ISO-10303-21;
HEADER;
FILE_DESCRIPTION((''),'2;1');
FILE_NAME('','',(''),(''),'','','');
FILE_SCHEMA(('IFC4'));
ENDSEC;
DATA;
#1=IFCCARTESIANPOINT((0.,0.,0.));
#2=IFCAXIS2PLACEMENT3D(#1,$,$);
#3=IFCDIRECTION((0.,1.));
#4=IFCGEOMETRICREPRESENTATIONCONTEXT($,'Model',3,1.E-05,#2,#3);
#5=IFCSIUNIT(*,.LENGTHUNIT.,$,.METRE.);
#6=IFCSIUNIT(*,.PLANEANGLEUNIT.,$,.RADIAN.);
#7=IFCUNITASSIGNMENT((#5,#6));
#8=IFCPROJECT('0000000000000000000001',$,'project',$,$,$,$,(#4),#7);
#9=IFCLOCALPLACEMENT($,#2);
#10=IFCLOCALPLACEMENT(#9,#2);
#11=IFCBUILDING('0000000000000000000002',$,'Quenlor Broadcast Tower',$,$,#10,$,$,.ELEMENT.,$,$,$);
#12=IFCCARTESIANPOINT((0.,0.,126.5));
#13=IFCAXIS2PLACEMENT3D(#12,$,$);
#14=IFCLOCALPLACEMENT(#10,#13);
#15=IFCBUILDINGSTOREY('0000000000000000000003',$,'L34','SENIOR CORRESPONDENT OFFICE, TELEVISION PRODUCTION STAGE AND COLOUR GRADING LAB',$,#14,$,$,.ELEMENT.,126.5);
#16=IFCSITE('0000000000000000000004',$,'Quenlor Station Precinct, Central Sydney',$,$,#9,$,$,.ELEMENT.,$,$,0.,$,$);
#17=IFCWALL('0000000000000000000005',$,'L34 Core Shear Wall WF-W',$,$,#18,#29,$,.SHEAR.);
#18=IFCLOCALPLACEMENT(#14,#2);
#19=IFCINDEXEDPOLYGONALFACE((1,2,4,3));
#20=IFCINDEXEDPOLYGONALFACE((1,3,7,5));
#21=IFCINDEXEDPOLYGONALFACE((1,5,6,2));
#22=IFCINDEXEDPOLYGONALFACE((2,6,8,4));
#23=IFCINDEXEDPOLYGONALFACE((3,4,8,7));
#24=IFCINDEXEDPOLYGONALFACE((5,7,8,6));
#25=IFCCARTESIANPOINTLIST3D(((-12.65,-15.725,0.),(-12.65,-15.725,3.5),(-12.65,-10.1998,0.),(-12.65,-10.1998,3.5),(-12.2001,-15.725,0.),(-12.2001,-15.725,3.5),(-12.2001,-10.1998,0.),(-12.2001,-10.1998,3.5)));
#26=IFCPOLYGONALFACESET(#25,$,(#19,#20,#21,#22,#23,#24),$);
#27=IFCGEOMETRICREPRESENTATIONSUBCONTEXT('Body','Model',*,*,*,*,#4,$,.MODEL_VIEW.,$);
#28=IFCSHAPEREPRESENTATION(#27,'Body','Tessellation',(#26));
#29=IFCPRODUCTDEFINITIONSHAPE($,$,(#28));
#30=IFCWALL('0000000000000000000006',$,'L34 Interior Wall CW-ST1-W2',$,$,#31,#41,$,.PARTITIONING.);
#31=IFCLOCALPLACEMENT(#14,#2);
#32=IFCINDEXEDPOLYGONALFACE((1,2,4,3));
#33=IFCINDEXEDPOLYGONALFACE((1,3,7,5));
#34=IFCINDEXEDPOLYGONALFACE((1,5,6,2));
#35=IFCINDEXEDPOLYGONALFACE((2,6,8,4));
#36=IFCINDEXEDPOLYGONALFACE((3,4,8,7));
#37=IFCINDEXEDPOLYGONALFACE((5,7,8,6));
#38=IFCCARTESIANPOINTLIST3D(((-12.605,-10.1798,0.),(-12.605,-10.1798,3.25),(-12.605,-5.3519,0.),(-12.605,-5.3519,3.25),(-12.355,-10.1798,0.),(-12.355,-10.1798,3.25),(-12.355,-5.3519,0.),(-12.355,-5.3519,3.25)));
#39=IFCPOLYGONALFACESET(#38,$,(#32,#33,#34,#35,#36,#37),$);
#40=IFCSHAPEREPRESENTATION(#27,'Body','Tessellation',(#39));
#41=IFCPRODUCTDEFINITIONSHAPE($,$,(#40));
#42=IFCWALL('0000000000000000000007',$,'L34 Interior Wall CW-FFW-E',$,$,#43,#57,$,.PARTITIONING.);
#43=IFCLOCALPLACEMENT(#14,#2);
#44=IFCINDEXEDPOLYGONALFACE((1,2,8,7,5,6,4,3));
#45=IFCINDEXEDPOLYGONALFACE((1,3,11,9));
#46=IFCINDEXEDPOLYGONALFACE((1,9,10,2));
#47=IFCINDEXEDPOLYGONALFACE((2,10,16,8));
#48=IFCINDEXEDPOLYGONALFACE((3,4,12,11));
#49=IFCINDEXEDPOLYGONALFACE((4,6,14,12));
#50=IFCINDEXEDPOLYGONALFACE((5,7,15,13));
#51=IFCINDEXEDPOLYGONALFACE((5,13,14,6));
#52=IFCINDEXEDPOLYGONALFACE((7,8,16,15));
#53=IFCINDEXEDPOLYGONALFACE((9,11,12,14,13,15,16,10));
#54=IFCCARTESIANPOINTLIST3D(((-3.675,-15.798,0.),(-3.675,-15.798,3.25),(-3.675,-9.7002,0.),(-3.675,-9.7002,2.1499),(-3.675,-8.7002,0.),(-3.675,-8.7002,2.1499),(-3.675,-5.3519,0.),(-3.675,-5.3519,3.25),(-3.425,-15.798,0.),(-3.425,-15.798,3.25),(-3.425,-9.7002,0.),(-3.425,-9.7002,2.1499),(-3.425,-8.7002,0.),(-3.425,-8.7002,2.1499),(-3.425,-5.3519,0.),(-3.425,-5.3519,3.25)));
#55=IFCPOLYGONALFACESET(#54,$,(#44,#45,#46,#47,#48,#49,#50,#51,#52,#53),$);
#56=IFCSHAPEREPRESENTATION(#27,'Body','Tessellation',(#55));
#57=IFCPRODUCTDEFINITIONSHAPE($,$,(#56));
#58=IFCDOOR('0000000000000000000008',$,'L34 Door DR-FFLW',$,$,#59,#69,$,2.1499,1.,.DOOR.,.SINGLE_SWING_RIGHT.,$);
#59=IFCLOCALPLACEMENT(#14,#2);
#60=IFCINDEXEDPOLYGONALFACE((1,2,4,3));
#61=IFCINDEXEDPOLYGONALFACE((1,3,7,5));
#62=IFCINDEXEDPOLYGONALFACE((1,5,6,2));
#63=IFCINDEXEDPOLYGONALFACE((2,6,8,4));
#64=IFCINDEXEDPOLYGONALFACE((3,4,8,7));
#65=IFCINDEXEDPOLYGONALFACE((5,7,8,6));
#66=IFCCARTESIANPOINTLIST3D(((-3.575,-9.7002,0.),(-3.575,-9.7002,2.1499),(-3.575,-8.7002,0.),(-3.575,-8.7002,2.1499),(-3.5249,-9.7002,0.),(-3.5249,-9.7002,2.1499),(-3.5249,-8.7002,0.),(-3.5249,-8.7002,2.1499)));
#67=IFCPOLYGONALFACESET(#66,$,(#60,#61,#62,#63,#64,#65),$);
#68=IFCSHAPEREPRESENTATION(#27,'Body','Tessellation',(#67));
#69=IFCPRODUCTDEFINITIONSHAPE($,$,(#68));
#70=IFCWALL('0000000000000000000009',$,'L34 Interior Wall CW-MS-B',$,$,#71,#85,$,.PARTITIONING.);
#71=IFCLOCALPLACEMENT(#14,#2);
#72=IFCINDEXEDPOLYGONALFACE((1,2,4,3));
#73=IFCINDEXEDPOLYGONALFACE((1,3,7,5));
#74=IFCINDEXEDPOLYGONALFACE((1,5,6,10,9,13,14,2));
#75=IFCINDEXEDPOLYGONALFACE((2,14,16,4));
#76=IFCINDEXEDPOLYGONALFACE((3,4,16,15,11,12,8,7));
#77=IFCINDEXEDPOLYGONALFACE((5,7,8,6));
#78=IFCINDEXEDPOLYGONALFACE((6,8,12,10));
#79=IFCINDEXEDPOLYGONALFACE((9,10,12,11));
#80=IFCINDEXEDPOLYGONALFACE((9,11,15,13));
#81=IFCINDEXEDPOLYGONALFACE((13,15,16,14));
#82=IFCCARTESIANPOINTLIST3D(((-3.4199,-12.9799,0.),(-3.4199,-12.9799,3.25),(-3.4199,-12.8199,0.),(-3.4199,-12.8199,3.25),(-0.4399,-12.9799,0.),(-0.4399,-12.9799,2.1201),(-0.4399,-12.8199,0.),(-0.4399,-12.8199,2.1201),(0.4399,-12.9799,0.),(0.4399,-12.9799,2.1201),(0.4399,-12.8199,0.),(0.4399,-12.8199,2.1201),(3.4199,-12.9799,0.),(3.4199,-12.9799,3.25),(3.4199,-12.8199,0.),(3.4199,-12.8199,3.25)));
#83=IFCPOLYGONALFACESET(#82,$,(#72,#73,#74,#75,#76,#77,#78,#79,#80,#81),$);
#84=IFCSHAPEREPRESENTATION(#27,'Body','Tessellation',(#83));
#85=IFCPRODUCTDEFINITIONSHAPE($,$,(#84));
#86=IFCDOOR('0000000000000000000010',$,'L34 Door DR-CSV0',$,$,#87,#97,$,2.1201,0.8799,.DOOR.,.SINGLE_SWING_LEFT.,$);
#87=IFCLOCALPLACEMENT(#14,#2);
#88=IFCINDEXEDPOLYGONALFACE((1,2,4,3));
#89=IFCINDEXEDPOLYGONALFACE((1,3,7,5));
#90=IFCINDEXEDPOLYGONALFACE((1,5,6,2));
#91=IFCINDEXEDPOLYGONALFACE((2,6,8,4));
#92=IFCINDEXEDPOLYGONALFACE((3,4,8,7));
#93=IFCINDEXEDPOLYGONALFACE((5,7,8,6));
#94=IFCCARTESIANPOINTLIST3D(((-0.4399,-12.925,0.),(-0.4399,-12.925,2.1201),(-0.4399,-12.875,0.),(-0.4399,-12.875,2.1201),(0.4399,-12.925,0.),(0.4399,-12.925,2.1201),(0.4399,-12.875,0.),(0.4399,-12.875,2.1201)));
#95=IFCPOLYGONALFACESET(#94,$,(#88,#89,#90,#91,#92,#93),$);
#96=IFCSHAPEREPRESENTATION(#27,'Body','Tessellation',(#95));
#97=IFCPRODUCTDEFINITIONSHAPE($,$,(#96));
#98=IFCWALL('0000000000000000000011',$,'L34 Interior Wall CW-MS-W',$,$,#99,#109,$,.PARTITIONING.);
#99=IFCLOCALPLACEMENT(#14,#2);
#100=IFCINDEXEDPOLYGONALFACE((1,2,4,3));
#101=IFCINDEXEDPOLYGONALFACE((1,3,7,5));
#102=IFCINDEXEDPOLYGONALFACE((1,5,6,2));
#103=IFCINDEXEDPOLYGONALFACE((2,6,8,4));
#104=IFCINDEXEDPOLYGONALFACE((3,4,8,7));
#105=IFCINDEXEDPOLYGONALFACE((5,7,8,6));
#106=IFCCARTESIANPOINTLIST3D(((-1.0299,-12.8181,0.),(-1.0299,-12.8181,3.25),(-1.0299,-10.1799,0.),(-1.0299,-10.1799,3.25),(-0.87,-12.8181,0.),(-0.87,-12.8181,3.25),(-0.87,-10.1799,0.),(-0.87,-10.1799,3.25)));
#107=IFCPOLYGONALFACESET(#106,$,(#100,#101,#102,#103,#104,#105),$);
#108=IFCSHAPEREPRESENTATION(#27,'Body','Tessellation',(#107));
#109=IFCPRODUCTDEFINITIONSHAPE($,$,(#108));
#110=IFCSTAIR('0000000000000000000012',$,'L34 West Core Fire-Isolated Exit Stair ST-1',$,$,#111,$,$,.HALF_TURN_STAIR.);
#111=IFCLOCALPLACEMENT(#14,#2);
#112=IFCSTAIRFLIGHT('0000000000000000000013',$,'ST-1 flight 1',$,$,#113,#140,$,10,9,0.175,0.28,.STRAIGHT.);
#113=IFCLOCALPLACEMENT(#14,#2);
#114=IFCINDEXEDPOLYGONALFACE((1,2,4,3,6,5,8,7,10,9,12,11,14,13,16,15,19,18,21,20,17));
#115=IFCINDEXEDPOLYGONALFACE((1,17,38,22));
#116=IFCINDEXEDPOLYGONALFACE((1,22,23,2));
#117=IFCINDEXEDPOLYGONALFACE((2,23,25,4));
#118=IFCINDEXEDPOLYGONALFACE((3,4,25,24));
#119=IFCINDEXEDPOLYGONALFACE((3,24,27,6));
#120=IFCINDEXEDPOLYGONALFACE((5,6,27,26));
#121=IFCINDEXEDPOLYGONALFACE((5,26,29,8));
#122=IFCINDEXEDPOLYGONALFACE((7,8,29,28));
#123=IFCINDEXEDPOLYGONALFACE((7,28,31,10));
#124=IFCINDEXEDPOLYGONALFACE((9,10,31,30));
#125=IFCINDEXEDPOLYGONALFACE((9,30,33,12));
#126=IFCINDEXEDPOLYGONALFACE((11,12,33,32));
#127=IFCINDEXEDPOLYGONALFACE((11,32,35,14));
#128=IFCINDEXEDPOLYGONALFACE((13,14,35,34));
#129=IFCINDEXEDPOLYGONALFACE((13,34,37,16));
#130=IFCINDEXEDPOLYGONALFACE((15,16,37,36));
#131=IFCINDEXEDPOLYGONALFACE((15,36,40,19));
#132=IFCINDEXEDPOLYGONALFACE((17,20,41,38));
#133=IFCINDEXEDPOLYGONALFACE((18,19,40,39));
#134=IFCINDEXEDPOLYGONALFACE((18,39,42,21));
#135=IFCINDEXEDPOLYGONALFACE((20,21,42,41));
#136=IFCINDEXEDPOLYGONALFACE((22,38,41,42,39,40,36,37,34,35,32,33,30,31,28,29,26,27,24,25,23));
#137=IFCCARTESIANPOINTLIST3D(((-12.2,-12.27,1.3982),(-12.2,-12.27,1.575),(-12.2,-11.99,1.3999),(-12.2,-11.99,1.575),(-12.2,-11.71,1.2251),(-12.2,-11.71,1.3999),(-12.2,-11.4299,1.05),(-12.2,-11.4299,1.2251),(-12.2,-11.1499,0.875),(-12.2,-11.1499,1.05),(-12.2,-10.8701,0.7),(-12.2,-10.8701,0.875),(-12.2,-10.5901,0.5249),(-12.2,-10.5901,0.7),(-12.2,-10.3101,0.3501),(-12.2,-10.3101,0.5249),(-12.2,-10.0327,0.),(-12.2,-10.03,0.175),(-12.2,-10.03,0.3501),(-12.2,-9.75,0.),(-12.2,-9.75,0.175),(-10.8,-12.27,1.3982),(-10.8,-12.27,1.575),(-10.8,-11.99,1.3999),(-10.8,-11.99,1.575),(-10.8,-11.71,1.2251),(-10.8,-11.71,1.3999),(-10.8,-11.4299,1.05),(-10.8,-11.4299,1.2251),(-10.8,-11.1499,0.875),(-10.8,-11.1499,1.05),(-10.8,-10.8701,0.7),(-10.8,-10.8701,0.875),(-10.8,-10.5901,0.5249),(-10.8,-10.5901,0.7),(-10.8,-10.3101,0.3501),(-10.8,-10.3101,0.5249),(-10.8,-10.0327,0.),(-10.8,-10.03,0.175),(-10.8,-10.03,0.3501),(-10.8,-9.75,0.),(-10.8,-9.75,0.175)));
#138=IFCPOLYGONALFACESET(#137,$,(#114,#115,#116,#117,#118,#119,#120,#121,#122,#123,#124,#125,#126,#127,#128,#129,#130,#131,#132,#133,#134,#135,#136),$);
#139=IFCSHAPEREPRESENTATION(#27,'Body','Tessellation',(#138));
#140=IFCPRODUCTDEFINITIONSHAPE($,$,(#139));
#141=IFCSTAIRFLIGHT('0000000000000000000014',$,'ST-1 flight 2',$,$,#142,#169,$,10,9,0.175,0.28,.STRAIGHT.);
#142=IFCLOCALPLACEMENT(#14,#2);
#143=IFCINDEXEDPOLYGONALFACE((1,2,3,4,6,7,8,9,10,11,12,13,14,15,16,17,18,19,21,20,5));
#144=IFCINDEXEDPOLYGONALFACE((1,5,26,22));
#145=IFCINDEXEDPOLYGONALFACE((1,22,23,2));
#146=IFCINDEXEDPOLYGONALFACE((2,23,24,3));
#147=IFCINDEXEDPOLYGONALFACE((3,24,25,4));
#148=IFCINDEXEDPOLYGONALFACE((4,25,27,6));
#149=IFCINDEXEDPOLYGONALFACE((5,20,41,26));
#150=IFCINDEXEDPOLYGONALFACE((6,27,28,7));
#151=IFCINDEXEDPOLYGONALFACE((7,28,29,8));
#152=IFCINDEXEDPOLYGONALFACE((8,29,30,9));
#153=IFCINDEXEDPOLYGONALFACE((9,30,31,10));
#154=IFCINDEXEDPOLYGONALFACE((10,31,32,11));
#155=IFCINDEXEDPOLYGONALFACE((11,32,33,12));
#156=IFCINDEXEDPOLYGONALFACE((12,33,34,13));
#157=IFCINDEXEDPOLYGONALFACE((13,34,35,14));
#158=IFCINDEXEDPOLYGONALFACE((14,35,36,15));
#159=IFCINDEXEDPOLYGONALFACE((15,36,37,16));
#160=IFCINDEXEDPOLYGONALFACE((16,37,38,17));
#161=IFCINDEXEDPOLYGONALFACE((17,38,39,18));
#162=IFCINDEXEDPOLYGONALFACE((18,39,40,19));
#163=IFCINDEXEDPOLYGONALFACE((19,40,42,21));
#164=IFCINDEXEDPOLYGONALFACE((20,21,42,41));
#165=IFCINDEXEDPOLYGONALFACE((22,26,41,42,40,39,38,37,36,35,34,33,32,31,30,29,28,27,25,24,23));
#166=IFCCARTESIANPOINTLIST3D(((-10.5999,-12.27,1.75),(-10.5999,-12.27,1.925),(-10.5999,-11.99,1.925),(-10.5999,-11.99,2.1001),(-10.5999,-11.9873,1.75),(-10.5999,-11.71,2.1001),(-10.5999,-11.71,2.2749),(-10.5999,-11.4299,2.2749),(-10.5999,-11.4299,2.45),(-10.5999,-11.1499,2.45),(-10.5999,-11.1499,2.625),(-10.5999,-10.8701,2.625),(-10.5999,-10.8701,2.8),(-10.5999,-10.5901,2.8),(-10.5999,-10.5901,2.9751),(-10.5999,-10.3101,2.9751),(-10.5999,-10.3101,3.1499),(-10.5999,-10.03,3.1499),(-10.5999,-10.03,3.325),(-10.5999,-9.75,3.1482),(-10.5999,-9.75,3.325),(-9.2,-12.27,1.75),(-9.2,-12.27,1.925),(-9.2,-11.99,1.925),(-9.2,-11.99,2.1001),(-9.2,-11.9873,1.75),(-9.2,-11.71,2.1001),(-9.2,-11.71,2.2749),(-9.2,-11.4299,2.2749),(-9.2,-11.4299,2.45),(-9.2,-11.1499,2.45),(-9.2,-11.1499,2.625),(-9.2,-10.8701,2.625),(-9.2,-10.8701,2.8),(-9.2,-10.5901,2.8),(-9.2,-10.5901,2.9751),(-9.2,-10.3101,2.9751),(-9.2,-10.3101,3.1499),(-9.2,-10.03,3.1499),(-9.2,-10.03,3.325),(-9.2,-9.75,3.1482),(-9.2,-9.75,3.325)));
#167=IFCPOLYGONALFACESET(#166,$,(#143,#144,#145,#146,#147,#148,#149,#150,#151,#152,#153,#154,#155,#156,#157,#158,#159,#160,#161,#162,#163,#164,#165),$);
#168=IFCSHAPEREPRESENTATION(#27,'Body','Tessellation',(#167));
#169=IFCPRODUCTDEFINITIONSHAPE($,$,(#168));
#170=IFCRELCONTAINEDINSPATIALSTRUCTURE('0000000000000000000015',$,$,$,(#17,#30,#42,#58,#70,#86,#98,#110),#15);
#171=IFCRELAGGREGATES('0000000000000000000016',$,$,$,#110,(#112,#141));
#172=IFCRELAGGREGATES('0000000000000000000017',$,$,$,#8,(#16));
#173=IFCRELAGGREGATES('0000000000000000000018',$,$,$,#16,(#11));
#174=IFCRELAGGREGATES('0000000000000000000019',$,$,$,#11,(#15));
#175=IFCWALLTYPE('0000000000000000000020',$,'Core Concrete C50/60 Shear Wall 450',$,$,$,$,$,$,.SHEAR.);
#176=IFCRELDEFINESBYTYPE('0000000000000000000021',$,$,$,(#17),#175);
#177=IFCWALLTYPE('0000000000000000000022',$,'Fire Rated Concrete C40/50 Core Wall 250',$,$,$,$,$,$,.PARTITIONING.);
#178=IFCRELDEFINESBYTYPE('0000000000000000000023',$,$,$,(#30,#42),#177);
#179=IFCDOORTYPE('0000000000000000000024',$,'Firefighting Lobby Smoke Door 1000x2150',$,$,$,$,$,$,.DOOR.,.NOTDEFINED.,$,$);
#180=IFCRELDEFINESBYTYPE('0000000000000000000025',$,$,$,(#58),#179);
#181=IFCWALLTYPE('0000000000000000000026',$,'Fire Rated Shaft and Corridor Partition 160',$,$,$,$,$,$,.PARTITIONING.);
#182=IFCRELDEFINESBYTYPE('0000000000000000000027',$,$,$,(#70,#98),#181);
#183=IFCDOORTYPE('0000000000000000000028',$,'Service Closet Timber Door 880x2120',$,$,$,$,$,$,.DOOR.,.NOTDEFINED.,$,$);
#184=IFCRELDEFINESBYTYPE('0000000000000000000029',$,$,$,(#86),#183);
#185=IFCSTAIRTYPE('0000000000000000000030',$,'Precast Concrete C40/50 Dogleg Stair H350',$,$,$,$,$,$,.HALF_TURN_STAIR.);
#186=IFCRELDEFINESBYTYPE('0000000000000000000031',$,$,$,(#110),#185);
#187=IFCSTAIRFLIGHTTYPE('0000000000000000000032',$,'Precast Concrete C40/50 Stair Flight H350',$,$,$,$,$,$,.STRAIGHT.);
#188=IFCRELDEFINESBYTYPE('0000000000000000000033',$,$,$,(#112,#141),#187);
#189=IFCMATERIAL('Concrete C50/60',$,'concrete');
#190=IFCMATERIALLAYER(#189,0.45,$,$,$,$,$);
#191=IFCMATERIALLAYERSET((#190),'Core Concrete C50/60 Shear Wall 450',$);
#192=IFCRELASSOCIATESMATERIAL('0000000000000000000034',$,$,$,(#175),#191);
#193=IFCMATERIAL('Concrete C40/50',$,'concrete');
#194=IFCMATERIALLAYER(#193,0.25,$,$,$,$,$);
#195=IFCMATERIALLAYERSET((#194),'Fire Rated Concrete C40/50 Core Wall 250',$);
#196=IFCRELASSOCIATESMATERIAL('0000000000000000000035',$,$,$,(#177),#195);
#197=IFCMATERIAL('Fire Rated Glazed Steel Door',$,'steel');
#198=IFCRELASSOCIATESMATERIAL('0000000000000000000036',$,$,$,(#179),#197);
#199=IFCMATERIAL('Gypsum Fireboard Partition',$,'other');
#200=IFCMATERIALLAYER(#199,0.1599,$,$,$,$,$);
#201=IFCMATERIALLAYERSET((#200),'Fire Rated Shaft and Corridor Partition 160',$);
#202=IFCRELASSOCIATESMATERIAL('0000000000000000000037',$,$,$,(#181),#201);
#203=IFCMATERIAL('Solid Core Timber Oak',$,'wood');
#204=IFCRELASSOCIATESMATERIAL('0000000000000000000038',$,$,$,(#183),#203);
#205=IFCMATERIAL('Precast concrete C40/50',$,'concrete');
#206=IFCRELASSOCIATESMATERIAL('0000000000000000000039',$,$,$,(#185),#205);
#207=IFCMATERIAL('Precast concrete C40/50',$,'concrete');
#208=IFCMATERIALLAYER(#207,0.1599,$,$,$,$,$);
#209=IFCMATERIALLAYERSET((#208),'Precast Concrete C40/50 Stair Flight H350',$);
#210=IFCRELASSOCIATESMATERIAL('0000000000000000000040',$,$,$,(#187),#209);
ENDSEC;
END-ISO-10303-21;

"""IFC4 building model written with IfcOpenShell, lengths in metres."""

from ifc_helpers import new_model, si_unit, direction, frame, frame_2d, origin, place, context, subcontext, project, spatial, polyline, rectangle, outline, extrude, material, layer, layer_set, type_object, element, fill, aggregate, save


model = new_model("IFC4")

# Units and contexts
model_context = context("Model", 3, precision=1e-05, world=origin(), true_north=direction((0.0, 1.0)))
body_context = subcontext(model_context, "Body", "Model", "MODEL_VIEW")
ifc_project = project(units=[si_unit("LENGTHUNIT", "METRE"), si_unit("PLANEANGLEUNIT", "RADIAN")], contexts=[model_context])

# Site, building, storey
site_placement = place(None, origin())
site = spatial("IfcSite", under=ifc_project, at=site_placement, Name="Quenlor Station Precinct, Central Sydney", CompositionType="ELEMENT", RefElevation=0.0)
building_placement = place(site_placement, origin())
building = spatial("IfcBuilding", under=site, at=building_placement, Name="Quenlor Broadcast Tower", CompositionType="ELEMENT")
storey_placement = place(building_placement, frame((0.0, 0.0, 126.5)))
storey = spatial("IfcBuildingStorey", under=building, at=storey_placement, Name="L34", Description="SENIOR CORRESPONDENT OFFICE, TELEVISION PRODUCTION STAGE AND COLOUR GRADING LAB", CompositionType="ELEMENT", Elevation=126.5)

# Wall
ifc_material_1 = material(Name="Concrete C50/60", Category="concrete")
ifc_layer_1 = layer(ifc_material_1, 0.45)
ifc_layer_set_1 = layer_set([ifc_layer_1], Name="Core Concrete C50/60 Shear Wall 450")
wall_type_1 = type_object("IfcWallType", Name="Core Concrete C50/60 Shear Wall 450", PredefinedType="SHEAR", material=ifc_layer_set_1)
wall_1_placement = place(storey_placement, frame((-12.425, -15.7251, 0.0), z_axis=(0.0, 0.0, 1.0), x_axis=(0.0, 1.0, 0.0)))
element("IfcWall", 1, at=wall_1_placement, inside=storey, type_object=wall_type_1, Name="L34 Core Shear Wall WF-W", PredefinedType="SHEAR", context=body_context, shape_type="SweptSolid", body=[
    extrude(rectangle(XDim=5.5251, YDim=0.45, at=frame_2d((2.7627, 0.0))), origin(), (0.0, 0.0, 1.0), 3.5),
])

# Shared definitions
ifc_material_2 = material(Name="Concrete C40/50", Category="concrete")
ifc_layer_2 = layer(ifc_material_2, 0.25)
ifc_layer_set_2 = layer_set([ifc_layer_2], Name="Fire Rated Concrete C40/50 Core Wall 250")
wall_type_2 = type_object("IfcWallType", Name="Fire Rated Concrete C40/50 Core Wall 250", PredefinedType="PARTITIONING", material=ifc_layer_set_2)

# Wall
wall_2_placement = place(storey_placement, frame((-12.48, -10.1799, 0.0), z_axis=(0.0, 0.0, 1.0), x_axis=(0.0, 1.0, 0.0)))
element("IfcWall", 2, at=wall_2_placement, inside=storey, type_object=wall_type_2, Name="L34 Interior Wall CW-ST1-W2", PredefinedType="PARTITIONING", context=body_context, shape_type="SweptSolid", body=[
    extrude(rectangle(XDim=4.8279, YDim=0.25, at=frame_2d((2.4141, 0.0))), origin(), (0.0, 0.0, 1.0), 3.25),
])

# Walls, openings, doors
wall_3_placement = place(storey_placement, frame((-3.55, -15.7981, 0.0), z_axis=(0.0, 0.0, 1.0), x_axis=(0.0, 1.0, 0.0)))
wall_3 = element("IfcWall", 3, at=wall_3_placement, inside=storey, type_object=wall_type_2, Name="L34 Interior Wall CW-FFW-E", PredefinedType="PARTITIONING", context=body_context, shape_type="SweptSolid", body=[
    extrude(rectangle(XDim=10.446, YDim=0.25, at=frame_2d((5.2231, 0.0))), origin(), (0.0, 0.0, 1.0), 3.25),
])
opening_1_placement = place(wall_3_placement, frame((6.0979, 0.0, 0.0)))
opening_1 = element("IfcOpeningElement", 4, at=opening_1_placement, cuts=wall_3, PredefinedType="OPENING", context=body_context, shape_type="SweptSolid", body=[
    extrude(rectangle(XDim=1.0, YDim=2.1499, at=frame_2d((0.5, 1.075))), frame((0.0, 0.135, 0.0), z_axis=(0.0, -1.0, 0.0), x_axis=(1.0, 0.0, 0.0)), (0.0, 0.0, 1.0), 0.27),
])
ifc_material_3 = material(Name="Fire Rated Glazed Steel Door", Category="steel")
door_type_1 = type_object("IfcDoorType", Name="Firefighting Lobby Smoke Door 1000x2150", OperationType="NOTDEFINED", PredefinedType="DOOR", material=ifc_material_3)
door_1_placement = place(opening_1_placement, origin())
door_1 = element("IfcDoor", 5, at=door_1_placement, inside=storey, type_object=door_type_1, Name="L34 Door DR-FFLW", OperationType="SINGLE_SWING_RIGHT", OverallHeight=2.1499, OverallWidth=1.0, PredefinedType="DOOR", context=body_context, shape_type="SweptSolid", body=[
    extrude(rectangle(XDim=1.0, YDim=2.1499, at=frame_2d((0.5, 1.075))), frame((0.0, 0.0249, 0.0), z_axis=(0.0, -1.0, 0.0), x_axis=(1.0, 0.0, 0.0)), (0.0, 0.0, 1.0), 0.05),
])
fill(opening_1, door_1)
ifc_material_4 = material(Name="Gypsum Fireboard Partition", Category="other")
ifc_layer_3 = layer(ifc_material_4, 0.1599)
ifc_layer_set_3 = layer_set([ifc_layer_3], Name="Fire Rated Shaft and Corridor Partition 160")
wall_type_3 = type_object("IfcWallType", Name="Fire Rated Shaft and Corridor Partition 160", PredefinedType="PARTITIONING", material=ifc_layer_set_3)
wall_4_placement = place(storey_placement, frame((-3.4199, -12.8999, 0.0), z_axis=(0.0, 0.0, 1.0), x_axis=(1.0, 0.0, 0.0)))
wall_4 = element("IfcWall", 6, at=wall_4_placement, inside=storey, type_object=wall_type_3, Name="L34 Interior Wall CW-MS-B", PredefinedType="PARTITIONING", context=body_context, shape_type="SweptSolid", body=[
    extrude(rectangle(XDim=6.8398, YDim=0.1599, at=frame_2d((3.4199, 0.0))), origin(), (0.0, 0.0, 1.0), 3.25),
])
opening_2_placement = place(wall_4_placement, frame((2.98, 0.0, 0.0)))
opening_2 = element("IfcOpeningElement", 7, at=opening_2_placement, cuts=wall_4, PredefinedType="OPENING", context=body_context, shape_type="SweptSolid", body=[
    extrude(rectangle(XDim=0.8799, YDim=2.1201, at=frame_2d((0.4399, 1.0601))), frame((0.0, 0.0898, 0.0), z_axis=(0.0, -1.0, 0.0), x_axis=(1.0, 0.0, 0.0)), (0.0, 0.0, 1.0), 0.1799),
])
ifc_material_5 = material(Name="Solid Core Timber Oak", Category="wood")
door_type_2 = type_object("IfcDoorType", Name="Service Closet Timber Door 880x2120", OperationType="NOTDEFINED", PredefinedType="DOOR", material=ifc_material_5)
door_2_placement = place(opening_2_placement, origin())
door_2 = element("IfcDoor", 8, at=door_2_placement, inside=storey, type_object=door_type_2, Name="L34 Door DR-CSV0", OperationType="SINGLE_SWING_LEFT", OverallHeight=2.1201, OverallWidth=0.8799, PredefinedType="DOOR", context=body_context, shape_type="SweptSolid", body=[
    extrude(rectangle(XDim=0.8799, YDim=2.1201, at=frame_2d((0.4399, 1.0601))), frame((0.0, 0.0249, 0.0), z_axis=(0.0, -1.0, 0.0), x_axis=(1.0, 0.0, 0.0)), (0.0, 0.0, 1.0), 0.05),
])
fill(opening_2, door_2)

# Wall
wall_5_placement = place(storey_placement, frame((-0.95, -12.8181, 0.0), z_axis=(0.0, 0.0, 1.0), x_axis=(0.0, 1.0, 0.0)))
element("IfcWall", 9, at=wall_5_placement, inside=storey, type_object=wall_type_3, Name="L34 Interior Wall CW-MS-W", PredefinedType="PARTITIONING", context=body_context, shape_type="SweptSolid", body=[
    extrude(rectangle(XDim=2.6382, YDim=0.1599, at=frame_2d((1.3191, 0.0))), origin(), (0.0, 0.0, 1.0), 3.25),
])

# Stair, stair flights
ifc_material_6 = material(Name="Precast concrete C40/50", Category="concrete")
stair_type = type_object("IfcStairType", Name="Precast Concrete C40/50 Dogleg Stair H350", PredefinedType="HALF_TURN_STAIR", material=ifc_material_6)
stair_placement = place(storey_placement, origin())
stair = element("IfcStair", 10, at=stair_placement, inside=storey, type_object=stair_type, Name="L34 West Core Fire-Isolated Exit Stair ST-1", PredefinedType="HALF_TURN_STAIR")
ifc_material_7 = material(Name="Precast concrete C40/50", Category="concrete")
ifc_layer_4 = layer(ifc_material_7, 0.1599)
ifc_layer_set_4 = layer_set([ifc_layer_4], Name="Precast Concrete C40/50 Stair Flight H350")
stair_flight_type = type_object("IfcStairFlightType", Name="Precast Concrete C40/50 Stair Flight H350", PredefinedType="STRAIGHT", material=ifc_layer_set_4)
stair_flight_1_placement = place(storey_placement, frame((-11.5, -9.75, 0.0), z_axis=(0.0, 0.0, 1.0), x_axis=(0.0, -1.0, 0.0)))
stair_flight_1 = element("IfcStairFlight", 11, at=stair_flight_1_placement, type_object=stair_flight_type, Name="ST-1 flight 1", NumberOfRisers=10, NumberOfTreads=9, PredefinedType="STRAIGHT", RiserHeight=0.175, TreadLength=0.28, context=body_context, shape_type="SweptSolid", body=[
    extrude(outline(polyline([(0.0, 0.0), (0.0, 0.175), (0.28, 0.175), (0.28, 0.3501), (0.5601, 0.3501), (0.5601, 0.5249), (0.8401, 0.5249), (0.8401, 0.7), (1.1201, 0.7), (1.1201, 0.875), (1.3999, 0.875), (1.3999, 1.05), (1.6799, 1.05), (1.6799, 1.2251), (1.96, 1.2251), (1.96, 1.3999), (2.24, 1.3999), (2.24, 1.575), (2.52, 1.575), (2.52, 1.75), (2.52, 1.3982), (0.2827, 0.0), (0.0, 0.0)])), frame((0.0, 0.7, 0.0), z_axis=(0.0, -1.0, 0.0), x_axis=(1.0, 0.0, 0.0)), (0.0, 0.0, 1.0), 1.3999),
])
stair_flight_2_placement = place(storey_placement, frame((-9.8999, -12.27, 1.75), z_axis=(0.0, 0.0, 1.0), x_axis=(0.0, 1.0, 0.0)))
stair_flight_2 = element("IfcStairFlight", 12, at=stair_flight_2_placement, type_object=stair_flight_type, Name="ST-1 flight 2", NumberOfRisers=10, NumberOfTreads=9, PredefinedType="STRAIGHT", RiserHeight=0.175, TreadLength=0.28, context=body_context, shape_type="SweptSolid", body=[
    extrude(outline(polyline([(0.0, 0.0), (0.0, 0.175), (0.28, 0.175), (0.28, 0.3501), (0.5601, 0.3501), (0.5601, 0.5249), (0.8401, 0.5249), (0.8401, 0.7), (1.1201, 0.7), (1.1201, 0.875), (1.3999, 0.875), (1.3999, 1.05), (1.6799, 1.05), (1.6799, 1.2251), (1.96, 1.2251), (1.96, 1.3999), (2.24, 1.3999), (2.24, 1.575), (2.52, 1.575), (2.52, 1.75), (2.52, 1.3982), (0.2827, 0.0), (0.0, 0.0)])), frame((0.0, 0.7, 0.0), z_axis=(0.0, -1.0, 0.0), x_axis=(1.0, 0.0, 0.0)), (0.0, 0.0, 1.0), 1.3999),
])
aggregate(stair, [stair_flight_1, stair_flight_2])

save(model, "model.ifc")
